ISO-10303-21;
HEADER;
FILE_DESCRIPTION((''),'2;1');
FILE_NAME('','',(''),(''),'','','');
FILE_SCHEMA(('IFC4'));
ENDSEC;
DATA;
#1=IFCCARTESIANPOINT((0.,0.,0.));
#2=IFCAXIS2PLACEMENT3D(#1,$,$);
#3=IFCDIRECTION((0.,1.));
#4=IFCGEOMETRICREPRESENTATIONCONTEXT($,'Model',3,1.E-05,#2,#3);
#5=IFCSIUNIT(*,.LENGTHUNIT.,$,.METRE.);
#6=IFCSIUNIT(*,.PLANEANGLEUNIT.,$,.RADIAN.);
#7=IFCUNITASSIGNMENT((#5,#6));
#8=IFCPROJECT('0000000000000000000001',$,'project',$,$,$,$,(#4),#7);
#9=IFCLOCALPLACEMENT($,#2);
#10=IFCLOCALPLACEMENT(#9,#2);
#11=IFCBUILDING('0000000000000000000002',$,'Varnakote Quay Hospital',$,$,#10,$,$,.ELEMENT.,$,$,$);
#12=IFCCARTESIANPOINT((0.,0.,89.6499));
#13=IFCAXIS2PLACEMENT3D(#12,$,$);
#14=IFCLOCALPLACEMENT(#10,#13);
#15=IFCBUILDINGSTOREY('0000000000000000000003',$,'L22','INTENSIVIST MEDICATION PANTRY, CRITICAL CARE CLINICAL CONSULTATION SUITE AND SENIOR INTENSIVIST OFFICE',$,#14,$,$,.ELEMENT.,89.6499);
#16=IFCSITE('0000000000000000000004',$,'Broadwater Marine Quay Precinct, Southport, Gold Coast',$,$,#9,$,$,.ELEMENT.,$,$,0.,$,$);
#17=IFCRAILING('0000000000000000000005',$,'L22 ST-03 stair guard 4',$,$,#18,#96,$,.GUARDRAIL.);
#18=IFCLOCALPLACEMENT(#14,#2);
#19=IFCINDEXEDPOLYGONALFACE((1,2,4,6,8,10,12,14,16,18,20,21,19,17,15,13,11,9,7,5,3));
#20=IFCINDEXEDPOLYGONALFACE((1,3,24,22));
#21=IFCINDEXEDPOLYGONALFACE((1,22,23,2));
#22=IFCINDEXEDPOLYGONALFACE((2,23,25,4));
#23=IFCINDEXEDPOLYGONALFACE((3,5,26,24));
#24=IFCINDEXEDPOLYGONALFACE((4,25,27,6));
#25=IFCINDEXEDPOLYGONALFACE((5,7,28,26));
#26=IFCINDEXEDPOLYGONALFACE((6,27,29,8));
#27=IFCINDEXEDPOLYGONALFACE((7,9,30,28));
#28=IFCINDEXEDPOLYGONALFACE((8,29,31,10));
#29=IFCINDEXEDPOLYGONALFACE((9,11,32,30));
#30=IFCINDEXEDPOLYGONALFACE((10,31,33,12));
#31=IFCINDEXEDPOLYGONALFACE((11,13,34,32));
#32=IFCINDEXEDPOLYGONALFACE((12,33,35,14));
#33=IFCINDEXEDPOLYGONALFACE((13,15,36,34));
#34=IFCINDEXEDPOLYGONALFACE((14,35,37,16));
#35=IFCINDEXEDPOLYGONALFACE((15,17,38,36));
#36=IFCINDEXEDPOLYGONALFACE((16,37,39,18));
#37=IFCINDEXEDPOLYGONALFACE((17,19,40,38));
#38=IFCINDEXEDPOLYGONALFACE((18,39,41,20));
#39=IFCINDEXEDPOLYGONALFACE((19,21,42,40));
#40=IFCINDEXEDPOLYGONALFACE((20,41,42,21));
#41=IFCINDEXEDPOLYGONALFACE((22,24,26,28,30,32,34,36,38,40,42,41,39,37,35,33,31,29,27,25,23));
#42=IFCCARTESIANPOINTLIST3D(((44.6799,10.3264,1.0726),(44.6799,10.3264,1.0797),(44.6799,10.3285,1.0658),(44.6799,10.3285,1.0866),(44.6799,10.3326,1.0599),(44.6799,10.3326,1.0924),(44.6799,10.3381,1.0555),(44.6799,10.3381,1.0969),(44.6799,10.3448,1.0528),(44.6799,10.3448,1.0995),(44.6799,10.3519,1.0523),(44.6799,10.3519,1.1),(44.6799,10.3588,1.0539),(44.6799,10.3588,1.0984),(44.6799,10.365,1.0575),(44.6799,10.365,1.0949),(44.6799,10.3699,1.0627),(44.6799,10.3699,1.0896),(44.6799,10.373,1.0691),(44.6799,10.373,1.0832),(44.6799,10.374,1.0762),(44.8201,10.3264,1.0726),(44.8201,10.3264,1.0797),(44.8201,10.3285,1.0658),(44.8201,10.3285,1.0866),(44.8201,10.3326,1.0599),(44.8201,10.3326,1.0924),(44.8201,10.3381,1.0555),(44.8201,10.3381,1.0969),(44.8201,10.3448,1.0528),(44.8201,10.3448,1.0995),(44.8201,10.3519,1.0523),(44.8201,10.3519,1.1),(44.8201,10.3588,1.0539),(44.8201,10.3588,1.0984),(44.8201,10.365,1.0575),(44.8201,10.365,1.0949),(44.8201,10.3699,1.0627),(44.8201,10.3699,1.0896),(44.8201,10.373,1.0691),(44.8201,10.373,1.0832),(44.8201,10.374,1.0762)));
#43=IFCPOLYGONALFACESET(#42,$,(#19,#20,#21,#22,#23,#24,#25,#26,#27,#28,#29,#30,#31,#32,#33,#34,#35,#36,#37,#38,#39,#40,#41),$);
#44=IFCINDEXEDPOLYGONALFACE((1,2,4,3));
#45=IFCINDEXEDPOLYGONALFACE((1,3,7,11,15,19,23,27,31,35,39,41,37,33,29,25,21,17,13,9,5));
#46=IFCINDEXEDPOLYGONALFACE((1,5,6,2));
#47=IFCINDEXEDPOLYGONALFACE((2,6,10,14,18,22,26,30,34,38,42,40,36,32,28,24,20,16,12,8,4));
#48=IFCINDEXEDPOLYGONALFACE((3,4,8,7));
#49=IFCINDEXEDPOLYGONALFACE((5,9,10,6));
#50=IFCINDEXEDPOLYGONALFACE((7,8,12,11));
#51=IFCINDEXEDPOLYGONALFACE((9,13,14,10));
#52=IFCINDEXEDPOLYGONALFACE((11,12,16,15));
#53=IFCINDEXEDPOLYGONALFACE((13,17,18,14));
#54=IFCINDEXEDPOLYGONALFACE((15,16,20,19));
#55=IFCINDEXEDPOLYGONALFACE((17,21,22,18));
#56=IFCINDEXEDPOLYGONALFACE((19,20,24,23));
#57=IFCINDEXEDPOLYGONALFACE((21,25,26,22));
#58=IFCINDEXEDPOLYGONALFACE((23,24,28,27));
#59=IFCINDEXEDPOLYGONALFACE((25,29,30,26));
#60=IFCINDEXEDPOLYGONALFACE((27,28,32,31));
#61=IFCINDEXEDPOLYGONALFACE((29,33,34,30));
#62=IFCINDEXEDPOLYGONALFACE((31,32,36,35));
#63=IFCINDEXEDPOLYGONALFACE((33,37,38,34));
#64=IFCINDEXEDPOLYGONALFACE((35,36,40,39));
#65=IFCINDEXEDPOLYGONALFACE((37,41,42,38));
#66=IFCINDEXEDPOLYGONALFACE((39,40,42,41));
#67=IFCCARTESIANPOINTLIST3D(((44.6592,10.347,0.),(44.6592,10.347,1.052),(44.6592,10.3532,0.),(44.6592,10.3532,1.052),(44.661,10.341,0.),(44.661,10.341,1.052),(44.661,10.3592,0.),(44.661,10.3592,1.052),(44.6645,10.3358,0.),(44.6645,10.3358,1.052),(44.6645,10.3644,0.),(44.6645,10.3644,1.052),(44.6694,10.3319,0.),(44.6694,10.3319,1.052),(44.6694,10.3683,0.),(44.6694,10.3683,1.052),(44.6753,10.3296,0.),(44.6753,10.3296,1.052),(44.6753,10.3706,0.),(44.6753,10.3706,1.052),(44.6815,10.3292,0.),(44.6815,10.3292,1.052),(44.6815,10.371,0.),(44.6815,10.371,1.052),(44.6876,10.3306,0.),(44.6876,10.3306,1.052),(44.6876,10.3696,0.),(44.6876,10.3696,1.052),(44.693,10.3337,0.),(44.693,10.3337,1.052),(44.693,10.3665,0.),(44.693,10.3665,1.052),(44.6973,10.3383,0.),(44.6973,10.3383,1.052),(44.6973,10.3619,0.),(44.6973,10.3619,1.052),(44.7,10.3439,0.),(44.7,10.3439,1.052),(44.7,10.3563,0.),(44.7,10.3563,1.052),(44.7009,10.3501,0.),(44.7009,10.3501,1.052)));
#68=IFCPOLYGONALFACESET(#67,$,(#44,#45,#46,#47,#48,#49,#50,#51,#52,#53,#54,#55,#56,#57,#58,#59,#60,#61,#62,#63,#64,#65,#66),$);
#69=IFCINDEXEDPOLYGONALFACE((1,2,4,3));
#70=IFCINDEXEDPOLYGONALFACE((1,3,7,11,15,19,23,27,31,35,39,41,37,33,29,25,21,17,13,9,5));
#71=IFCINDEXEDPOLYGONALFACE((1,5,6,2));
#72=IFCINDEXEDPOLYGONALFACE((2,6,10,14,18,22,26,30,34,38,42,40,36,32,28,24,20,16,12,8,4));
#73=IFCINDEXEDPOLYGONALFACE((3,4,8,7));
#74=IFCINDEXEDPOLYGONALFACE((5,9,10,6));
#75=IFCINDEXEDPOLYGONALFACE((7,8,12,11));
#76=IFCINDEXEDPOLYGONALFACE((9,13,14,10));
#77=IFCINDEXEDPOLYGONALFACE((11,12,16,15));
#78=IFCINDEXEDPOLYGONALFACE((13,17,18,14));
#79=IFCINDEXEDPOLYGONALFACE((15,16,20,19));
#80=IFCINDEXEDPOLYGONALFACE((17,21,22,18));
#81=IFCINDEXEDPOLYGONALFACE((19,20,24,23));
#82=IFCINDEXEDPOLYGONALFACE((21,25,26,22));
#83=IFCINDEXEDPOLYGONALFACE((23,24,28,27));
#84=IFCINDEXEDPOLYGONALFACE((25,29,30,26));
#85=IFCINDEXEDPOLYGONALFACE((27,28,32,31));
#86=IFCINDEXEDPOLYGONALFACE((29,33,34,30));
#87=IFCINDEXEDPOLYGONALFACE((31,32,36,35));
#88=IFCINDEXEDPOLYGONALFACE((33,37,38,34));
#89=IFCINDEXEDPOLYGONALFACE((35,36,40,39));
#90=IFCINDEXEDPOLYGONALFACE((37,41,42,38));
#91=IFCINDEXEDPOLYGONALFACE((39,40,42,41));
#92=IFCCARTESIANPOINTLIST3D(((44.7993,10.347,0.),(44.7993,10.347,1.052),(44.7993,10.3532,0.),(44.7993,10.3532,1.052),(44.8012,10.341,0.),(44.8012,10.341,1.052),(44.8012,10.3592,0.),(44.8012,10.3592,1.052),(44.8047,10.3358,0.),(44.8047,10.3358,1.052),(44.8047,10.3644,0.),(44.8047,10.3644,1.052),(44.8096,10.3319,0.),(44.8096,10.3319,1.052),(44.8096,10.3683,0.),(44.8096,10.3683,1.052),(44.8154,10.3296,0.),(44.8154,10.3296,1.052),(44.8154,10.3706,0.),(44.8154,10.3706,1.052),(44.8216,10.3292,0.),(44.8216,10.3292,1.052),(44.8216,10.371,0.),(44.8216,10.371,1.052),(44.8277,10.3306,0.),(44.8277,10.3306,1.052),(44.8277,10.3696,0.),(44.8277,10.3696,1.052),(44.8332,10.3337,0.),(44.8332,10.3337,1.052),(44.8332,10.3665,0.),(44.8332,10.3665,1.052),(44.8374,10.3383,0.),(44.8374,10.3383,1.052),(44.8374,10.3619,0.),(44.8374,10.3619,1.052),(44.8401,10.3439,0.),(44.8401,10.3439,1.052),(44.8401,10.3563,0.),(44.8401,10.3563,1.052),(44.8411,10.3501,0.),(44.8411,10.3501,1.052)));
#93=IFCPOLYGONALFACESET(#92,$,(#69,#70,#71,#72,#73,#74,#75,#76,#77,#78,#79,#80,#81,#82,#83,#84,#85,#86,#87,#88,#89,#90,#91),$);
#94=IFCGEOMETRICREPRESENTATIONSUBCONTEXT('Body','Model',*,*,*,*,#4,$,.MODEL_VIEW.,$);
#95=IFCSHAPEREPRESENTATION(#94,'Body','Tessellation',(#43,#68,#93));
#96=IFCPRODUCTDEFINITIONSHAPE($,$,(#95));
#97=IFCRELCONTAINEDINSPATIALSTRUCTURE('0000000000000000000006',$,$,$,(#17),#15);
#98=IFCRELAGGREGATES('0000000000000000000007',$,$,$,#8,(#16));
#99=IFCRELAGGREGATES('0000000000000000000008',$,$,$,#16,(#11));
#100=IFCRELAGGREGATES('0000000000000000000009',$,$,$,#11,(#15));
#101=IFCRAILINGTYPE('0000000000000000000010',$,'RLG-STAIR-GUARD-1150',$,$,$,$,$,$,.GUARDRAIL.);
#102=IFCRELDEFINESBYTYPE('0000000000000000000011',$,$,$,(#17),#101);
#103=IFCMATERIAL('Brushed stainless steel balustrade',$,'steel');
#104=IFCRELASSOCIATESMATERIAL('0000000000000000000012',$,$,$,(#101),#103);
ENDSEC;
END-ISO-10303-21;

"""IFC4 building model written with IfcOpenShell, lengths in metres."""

from ifc_helpers import new_model, si_unit, direction, frame, origin, origin_2d, place, context, subcontext, project, spatial, circle, extrude, material, type_object, element, save


model = new_model("IFC4")

# Units and contexts
model_context = context("Model", 3, precision=1e-05, world=origin(), true_north=direction((0.0, 1.0)))
body_context = subcontext(model_context, "Body", "Model", "MODEL_VIEW")
ifc_project = project(units=[si_unit("LENGTHUNIT", "METRE"), si_unit("PLANEANGLEUNIT", "RADIAN")], contexts=[model_context])

# Site, building, storey
site_placement = place(None, origin())
site = spatial("IfcSite", under=ifc_project, at=site_placement, Name="Broadwater Marine Quay Precinct, Southport, Gold Coast", CompositionType="ELEMENT", RefElevation=0.0)
building_placement = place(site_placement, origin())
building = spatial("IfcBuilding", under=site, at=building_placement, Name="Varnakote Quay Hospital", CompositionType="ELEMENT")
storey_placement = place(building_placement, frame((0.0, 0.0, 89.6499)))
storey = spatial("IfcBuildingStorey", under=building, at=storey_placement, Name="L22", Description="INTENSIVIST MEDICATION PANTRY, CRITICAL CARE CLINICAL CONSULTATION SUITE AND SENIOR INTENSIVIST OFFICE", CompositionType="ELEMENT", Elevation=89.6499)

# Railing
ifc_material_1 = material(Name="Brushed stainless steel balustrade", Category="steel")
railing_type_1 = type_object("IfcRailingType", Name="RLG-STAIR-GUARD-1150", PredefinedType="GUARDRAIL", material=ifc_material_1)
railing_1_placement = place(storey_placement, frame((44.6799, 10.3501, 0.0)))
element("IfcRailing", 1, at=railing_1_placement, inside=storey, type_object=railing_type_1, Name="L22 ST-03 stair guard 4", PredefinedType="GUARDRAIL", context=body_context, shape_type="SweptSolid", body=[
    extrude(circle(Radius=0.0239, at=origin_2d()), frame((0.0, 0.0, 1.0762), z_axis=(1.0, 0.0, 0.0), x_axis=(0.0, 1.0, 0.0)), (0.0, 0.0, 1.0), 0.1401),
    extrude(circle(Radius=0.021, at=origin_2d()), origin(), (0.0, 0.0, 1.0), 1.052),
    extrude(circle(Radius=0.021, at=origin_2d()), frame((0.1401, 0.0, 0.0)), (0.0, 0.0, 1.0), 1.052),
])

save(model, "model.ifc")
